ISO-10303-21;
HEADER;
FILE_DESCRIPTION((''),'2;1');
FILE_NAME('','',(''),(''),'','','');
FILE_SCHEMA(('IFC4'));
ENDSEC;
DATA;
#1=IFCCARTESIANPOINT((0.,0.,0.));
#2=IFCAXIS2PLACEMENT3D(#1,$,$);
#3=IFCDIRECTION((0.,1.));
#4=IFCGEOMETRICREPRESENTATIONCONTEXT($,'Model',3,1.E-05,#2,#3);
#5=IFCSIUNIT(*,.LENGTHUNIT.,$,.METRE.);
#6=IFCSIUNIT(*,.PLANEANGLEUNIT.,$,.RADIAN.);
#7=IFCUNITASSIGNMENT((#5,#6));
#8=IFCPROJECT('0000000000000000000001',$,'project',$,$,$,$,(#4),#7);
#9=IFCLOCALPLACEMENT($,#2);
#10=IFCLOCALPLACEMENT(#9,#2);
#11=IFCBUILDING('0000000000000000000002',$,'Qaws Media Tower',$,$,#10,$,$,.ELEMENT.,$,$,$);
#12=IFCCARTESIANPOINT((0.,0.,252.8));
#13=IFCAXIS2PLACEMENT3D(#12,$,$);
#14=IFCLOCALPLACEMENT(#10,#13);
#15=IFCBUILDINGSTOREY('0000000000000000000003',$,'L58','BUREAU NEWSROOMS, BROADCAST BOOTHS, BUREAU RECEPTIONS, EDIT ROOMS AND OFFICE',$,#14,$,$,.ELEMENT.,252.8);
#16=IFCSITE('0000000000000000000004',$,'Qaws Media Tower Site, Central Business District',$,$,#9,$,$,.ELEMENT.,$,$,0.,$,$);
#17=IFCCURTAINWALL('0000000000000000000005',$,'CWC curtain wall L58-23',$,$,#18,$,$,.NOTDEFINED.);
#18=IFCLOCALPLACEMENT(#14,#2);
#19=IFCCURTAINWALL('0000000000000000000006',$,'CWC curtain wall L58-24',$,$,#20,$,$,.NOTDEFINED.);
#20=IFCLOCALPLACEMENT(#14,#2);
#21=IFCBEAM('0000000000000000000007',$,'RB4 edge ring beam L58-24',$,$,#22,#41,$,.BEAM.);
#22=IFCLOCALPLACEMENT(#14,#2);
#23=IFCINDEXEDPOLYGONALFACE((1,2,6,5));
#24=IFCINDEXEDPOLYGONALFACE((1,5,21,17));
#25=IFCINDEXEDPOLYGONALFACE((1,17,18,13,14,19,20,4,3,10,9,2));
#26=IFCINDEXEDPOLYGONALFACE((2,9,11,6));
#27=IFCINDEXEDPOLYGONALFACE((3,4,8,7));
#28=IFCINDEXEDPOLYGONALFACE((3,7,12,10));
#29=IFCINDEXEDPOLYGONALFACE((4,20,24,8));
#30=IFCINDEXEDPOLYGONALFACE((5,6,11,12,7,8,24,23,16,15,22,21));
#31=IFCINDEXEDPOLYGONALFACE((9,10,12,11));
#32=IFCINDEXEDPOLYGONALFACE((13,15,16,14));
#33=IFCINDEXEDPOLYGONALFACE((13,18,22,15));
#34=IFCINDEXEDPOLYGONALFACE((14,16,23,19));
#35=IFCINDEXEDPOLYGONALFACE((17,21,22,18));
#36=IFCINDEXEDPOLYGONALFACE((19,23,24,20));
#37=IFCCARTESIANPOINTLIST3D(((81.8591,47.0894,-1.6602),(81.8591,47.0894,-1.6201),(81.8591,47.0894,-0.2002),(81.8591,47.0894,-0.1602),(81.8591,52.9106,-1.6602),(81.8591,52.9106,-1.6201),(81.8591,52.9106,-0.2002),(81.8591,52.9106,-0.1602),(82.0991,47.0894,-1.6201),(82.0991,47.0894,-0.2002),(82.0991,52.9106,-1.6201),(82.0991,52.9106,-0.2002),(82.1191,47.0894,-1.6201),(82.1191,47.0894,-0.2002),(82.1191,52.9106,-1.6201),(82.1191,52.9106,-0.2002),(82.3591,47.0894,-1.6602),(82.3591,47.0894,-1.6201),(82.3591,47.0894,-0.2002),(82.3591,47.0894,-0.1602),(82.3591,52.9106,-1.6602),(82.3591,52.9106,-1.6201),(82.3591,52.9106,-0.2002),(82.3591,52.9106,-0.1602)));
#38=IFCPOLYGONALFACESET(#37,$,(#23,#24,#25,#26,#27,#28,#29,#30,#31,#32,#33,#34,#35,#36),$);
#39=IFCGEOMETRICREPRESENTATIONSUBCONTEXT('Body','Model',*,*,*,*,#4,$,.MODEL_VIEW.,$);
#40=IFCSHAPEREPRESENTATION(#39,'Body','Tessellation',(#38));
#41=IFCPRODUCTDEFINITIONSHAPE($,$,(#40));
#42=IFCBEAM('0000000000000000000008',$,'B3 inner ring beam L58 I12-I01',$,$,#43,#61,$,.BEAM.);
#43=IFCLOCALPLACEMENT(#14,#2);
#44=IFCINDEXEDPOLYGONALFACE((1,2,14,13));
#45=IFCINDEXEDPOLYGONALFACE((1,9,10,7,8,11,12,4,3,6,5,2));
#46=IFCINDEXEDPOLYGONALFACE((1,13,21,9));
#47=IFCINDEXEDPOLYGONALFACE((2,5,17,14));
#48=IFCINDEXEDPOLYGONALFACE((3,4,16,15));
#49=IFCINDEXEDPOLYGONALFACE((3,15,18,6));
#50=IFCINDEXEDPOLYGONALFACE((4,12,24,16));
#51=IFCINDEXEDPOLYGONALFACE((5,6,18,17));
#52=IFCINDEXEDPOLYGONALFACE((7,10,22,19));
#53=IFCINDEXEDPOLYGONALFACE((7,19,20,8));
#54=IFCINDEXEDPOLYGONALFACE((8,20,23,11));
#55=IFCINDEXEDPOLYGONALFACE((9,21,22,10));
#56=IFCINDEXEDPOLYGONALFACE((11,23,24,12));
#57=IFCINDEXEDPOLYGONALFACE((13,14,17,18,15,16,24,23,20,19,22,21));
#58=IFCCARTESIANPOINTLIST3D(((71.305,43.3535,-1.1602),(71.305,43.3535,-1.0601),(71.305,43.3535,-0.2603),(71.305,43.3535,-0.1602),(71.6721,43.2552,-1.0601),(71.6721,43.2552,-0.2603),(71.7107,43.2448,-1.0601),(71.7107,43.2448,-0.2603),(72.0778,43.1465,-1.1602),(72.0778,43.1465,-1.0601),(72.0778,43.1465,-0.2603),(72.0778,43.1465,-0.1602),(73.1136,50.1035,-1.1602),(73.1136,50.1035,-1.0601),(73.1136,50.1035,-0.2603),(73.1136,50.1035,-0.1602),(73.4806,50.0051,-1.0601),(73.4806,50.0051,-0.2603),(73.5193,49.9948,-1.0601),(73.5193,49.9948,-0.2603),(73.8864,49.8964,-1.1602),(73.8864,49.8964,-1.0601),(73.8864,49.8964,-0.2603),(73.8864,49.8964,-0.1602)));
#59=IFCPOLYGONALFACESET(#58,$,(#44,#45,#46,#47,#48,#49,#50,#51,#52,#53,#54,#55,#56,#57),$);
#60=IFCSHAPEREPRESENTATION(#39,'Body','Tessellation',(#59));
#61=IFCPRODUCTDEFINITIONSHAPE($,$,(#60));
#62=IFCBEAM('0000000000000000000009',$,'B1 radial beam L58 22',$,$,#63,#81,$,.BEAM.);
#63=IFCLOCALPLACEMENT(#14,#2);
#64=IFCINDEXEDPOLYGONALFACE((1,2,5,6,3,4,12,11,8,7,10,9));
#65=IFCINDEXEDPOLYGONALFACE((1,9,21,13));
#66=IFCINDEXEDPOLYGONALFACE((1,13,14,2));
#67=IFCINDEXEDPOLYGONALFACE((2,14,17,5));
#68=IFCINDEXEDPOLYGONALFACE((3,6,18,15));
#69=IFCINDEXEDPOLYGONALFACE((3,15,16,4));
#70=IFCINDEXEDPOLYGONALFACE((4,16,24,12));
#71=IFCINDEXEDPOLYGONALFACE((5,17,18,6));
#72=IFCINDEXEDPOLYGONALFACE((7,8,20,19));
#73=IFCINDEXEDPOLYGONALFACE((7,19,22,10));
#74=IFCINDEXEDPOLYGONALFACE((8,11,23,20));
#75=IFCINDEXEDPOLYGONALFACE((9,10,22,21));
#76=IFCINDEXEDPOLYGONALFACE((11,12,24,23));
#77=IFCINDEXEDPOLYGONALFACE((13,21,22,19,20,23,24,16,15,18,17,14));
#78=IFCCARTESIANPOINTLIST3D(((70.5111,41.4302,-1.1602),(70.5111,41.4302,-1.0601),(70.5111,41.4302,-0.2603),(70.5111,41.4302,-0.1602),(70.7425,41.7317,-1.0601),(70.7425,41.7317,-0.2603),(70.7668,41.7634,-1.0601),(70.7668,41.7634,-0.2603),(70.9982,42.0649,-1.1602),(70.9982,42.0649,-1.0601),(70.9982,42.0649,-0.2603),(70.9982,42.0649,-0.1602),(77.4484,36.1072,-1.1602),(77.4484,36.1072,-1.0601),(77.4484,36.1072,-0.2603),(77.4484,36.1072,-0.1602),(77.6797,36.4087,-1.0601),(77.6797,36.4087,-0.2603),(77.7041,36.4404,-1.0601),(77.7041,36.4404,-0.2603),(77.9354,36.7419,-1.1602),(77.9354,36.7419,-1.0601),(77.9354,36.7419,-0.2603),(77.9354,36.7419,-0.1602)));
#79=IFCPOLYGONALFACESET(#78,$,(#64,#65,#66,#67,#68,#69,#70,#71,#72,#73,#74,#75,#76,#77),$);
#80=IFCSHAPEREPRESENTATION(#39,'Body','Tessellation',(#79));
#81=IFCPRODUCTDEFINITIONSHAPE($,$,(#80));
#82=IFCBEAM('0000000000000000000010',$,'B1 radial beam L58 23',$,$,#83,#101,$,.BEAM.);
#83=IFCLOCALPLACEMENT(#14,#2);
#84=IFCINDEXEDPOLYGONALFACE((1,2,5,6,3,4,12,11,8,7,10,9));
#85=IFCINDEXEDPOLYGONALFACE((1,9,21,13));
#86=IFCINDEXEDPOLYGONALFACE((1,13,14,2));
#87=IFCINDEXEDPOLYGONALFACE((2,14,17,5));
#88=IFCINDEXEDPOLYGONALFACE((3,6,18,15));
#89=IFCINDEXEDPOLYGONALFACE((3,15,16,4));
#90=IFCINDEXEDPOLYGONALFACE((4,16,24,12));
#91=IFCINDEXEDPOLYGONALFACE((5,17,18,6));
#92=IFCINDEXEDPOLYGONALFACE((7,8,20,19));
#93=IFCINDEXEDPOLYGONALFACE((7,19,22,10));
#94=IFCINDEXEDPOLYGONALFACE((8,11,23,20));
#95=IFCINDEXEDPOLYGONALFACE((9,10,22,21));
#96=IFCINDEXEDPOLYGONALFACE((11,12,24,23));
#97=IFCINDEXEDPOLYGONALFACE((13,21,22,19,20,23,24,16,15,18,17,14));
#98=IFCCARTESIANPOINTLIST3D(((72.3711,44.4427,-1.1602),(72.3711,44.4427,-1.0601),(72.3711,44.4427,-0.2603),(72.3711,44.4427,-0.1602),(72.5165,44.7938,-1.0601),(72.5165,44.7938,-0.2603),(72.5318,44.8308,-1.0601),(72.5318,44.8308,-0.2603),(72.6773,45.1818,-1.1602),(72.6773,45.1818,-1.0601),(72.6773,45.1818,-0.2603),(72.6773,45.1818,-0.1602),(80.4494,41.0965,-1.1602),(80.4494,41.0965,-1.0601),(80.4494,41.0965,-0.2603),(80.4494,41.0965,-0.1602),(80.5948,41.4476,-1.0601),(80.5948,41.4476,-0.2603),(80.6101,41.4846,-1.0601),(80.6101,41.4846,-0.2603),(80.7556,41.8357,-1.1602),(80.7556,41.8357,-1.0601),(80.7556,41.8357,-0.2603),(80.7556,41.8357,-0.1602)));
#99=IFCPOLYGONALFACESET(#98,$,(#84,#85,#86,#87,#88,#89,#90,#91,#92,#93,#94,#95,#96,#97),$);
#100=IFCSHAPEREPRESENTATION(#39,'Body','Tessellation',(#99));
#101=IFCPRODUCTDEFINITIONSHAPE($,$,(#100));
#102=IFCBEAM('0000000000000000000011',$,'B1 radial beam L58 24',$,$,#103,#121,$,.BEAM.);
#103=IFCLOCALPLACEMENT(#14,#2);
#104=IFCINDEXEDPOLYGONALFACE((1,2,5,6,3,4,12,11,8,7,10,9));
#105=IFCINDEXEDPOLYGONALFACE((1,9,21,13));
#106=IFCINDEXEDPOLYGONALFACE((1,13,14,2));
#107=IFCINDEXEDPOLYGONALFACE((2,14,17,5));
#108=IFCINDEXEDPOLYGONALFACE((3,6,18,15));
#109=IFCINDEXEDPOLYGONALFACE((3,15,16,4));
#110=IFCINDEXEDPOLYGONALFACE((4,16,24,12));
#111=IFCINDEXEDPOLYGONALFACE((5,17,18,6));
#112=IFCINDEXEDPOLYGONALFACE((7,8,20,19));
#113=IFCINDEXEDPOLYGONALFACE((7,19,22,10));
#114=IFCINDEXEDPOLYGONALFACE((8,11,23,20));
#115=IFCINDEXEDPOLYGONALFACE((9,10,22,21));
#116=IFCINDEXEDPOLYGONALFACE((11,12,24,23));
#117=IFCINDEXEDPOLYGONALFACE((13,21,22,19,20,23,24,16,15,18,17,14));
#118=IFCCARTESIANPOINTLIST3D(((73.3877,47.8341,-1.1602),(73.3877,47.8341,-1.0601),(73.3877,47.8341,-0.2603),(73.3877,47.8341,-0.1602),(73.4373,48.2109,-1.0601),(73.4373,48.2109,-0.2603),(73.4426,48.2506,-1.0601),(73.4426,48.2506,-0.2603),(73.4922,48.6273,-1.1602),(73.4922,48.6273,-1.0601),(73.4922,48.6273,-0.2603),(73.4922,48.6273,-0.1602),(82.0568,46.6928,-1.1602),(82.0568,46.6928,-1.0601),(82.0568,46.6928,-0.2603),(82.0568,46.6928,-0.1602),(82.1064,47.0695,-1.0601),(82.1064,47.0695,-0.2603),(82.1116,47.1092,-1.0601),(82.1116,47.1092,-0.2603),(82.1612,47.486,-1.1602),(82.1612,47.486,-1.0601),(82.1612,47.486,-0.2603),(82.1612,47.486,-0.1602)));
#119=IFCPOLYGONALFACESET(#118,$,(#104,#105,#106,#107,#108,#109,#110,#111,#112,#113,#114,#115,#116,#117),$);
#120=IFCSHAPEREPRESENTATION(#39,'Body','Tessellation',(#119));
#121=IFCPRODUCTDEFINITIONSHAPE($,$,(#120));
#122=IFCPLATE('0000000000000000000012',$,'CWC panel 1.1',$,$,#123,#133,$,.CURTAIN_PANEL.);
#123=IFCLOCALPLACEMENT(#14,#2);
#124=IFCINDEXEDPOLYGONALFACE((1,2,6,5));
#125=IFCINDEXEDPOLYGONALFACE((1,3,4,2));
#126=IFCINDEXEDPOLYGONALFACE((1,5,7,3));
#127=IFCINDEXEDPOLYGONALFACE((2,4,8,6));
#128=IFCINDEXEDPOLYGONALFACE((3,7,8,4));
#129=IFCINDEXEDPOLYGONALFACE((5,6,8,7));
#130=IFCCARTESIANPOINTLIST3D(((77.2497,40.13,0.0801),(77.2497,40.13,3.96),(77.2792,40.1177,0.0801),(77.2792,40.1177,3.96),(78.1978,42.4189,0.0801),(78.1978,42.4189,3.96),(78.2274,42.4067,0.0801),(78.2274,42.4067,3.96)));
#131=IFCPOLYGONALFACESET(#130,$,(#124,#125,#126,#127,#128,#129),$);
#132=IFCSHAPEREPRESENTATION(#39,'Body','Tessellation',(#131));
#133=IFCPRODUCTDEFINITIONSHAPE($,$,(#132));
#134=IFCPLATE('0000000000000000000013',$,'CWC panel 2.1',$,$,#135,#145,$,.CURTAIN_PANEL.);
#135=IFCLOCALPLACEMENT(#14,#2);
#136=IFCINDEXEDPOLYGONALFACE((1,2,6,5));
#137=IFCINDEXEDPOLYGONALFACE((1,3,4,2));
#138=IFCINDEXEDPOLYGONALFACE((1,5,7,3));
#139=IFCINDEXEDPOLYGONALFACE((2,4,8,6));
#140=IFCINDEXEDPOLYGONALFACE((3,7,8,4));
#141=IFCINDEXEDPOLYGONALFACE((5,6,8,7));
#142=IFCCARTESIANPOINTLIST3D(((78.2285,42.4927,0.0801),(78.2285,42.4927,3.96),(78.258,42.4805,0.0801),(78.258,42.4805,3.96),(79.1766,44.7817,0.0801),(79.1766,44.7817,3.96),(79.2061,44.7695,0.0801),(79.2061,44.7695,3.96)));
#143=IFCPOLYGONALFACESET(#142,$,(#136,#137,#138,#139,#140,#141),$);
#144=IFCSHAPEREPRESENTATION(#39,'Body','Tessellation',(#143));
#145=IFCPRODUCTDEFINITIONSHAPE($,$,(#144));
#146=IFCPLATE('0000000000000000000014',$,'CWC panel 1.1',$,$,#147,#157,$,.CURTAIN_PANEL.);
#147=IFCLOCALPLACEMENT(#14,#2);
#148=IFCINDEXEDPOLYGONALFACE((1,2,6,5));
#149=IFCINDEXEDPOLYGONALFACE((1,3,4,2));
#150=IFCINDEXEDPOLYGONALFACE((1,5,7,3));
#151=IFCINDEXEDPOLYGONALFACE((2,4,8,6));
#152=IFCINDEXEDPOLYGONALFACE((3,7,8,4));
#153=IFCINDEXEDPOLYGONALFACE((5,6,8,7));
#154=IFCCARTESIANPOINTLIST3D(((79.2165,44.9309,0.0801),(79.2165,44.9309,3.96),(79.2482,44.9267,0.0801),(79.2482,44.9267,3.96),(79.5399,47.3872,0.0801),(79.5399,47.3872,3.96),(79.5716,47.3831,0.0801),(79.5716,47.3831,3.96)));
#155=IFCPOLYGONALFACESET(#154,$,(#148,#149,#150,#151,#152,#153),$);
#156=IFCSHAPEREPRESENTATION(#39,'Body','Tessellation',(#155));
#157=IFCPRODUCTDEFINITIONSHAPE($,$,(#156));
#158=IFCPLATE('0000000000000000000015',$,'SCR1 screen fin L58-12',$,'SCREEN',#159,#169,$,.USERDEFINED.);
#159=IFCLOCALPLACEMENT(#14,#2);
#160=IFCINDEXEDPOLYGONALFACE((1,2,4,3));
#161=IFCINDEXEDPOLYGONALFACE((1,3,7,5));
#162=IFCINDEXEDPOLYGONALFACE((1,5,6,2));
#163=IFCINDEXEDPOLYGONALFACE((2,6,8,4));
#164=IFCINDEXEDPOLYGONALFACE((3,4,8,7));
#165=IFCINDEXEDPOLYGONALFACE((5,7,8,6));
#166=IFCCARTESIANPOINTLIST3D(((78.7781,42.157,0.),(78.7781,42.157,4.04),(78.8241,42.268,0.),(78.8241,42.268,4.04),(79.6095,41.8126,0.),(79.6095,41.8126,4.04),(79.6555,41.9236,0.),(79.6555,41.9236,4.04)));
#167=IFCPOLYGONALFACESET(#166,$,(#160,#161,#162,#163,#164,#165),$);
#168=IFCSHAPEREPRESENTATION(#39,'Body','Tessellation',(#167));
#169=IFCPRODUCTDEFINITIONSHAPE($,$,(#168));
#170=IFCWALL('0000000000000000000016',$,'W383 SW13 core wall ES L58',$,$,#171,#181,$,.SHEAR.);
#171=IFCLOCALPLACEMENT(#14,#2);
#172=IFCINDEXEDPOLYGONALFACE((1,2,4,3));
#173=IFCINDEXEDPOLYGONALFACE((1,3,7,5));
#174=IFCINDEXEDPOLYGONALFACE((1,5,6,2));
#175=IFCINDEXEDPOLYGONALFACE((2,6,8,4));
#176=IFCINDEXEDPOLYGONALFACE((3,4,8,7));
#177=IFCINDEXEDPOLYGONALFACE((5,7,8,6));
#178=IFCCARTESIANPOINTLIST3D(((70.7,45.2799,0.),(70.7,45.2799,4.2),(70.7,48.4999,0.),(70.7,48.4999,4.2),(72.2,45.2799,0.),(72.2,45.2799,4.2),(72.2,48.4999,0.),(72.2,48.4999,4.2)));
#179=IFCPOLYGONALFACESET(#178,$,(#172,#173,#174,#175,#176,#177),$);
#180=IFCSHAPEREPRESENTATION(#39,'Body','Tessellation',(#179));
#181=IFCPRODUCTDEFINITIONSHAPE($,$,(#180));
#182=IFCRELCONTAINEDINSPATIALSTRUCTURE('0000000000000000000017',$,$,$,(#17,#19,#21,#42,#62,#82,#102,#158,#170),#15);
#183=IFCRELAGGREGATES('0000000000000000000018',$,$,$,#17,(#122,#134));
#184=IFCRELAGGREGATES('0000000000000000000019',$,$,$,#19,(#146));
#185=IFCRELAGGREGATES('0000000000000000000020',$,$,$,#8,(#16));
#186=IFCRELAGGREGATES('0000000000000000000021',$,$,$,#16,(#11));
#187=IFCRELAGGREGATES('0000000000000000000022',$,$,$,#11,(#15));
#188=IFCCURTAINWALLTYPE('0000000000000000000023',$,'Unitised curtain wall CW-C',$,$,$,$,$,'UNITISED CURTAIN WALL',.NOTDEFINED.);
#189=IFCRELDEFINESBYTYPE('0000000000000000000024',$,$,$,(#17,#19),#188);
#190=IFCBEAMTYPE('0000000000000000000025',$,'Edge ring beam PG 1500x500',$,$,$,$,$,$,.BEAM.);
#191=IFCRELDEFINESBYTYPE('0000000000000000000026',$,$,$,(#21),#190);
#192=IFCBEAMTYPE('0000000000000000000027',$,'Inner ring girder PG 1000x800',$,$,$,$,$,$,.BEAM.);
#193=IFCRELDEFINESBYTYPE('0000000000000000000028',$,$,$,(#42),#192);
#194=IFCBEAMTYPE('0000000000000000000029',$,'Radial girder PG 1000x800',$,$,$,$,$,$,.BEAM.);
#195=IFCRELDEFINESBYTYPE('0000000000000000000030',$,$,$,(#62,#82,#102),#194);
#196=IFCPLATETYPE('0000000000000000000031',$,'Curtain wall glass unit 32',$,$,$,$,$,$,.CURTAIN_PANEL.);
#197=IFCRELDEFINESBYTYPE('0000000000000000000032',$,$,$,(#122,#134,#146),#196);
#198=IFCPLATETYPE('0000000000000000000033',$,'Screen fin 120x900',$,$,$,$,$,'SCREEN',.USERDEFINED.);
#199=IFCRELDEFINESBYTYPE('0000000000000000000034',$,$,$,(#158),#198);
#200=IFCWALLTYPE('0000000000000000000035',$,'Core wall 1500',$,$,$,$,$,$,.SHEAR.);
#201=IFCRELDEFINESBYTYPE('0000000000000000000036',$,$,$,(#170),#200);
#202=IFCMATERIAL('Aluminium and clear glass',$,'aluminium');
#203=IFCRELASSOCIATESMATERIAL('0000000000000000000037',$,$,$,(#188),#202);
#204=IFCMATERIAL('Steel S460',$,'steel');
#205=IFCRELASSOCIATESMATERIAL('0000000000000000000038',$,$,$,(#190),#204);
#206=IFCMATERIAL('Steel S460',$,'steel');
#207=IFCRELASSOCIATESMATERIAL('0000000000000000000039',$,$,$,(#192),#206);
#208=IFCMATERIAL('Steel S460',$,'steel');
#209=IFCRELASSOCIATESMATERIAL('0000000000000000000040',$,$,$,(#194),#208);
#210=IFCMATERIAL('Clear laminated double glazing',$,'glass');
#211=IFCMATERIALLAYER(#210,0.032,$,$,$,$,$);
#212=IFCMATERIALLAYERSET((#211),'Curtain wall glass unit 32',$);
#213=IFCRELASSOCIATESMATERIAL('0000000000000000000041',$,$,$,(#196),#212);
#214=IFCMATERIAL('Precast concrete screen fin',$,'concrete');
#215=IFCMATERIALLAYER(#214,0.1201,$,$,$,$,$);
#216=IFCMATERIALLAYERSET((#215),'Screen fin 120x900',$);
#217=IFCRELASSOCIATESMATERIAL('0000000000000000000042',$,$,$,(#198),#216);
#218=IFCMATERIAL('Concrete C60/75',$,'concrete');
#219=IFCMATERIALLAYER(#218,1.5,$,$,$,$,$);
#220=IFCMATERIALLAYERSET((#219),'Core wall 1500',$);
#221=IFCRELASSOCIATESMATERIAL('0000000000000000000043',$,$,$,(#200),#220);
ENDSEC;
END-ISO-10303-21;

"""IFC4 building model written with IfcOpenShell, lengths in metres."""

from ifc_helpers import new_model, si_unit, direction, frame, frame_2d, origin, origin_2d, place, context, subcontext, project, spatial, rectangle, i_section, extrude, material, layer, layer_set, material_profile, profile_set, type_object, element, aggregate, save


model = new_model("IFC4")

# Units and contexts
model_context = context("Model", 3, precision=1e-05, world=origin(), true_north=direction((0.0, 1.0)))
body_context = subcontext(model_context, "Body", "Model", "MODEL_VIEW")
ifc_project = project(units=[si_unit("LENGTHUNIT", "METRE"), si_unit("PLANEANGLEUNIT", "RADIAN")], contexts=[model_context])

# Site, building, storey
site_placement = place(None, origin())
site = spatial("IfcSite", under=ifc_project, at=site_placement, Name="Qaws Media Tower Site, Central Business District", CompositionType="ELEMENT", RefElevation=0.0)
building_placement = place(site_placement, origin())
building = spatial("IfcBuilding", under=site, at=building_placement, Name="Qaws Media Tower", CompositionType="ELEMENT")
storey_placement = place(building_placement, frame((0.0, 0.0, 252.8)))
storey = spatial("IfcBuildingStorey", under=building, at=storey_placement, Name="L58", Description="BUREAU NEWSROOMS, BROADCAST BOOTHS, BUREAU RECEPTIONS, EDIT ROOMS AND OFFICE", CompositionType="ELEMENT", Elevation=252.8)

# Curtain walls
ifc_material_1 = material(Name="Aluminium and clear glass", Category="aluminium")
curtain_wall_type = type_object("IfcCurtainWallType", Name="Unitised curtain wall CW-C", ElementType="UNITISED CURTAIN WALL", PredefinedType="NOTDEFINED", material=ifc_material_1)
curtain_wall_1_placement = place(storey_placement, origin())
curtain_wall_1 = element("IfcCurtainWall", 1, at=curtain_wall_1_placement, inside=storey, type_object=curtain_wall_type, Name="CWC curtain wall L58-23", PredefinedType="NOTDEFINED")
curtain_wall_2_placement = place(storey_placement, origin())
curtain_wall_2 = element("IfcCurtainWall", 2, at=curtain_wall_2_placement, inside=storey, type_object=curtain_wall_type, Name="CWC curtain wall L58-24", PredefinedType="NOTDEFINED")

# Beams
ifc_material_2 = material(Name="Steel S460", Category="steel")
ifc_material_profile_1 = material_profile(ifc_material_2, i_section(OverallWidth=0.5, OverallDepth=1.5, WebThickness=0.02, FlangeThickness=0.04, at=origin_2d()), Name="PG 1500x500")
ifc_profile_set_1 = profile_set([ifc_material_profile_1], Name="Steel S460")
beam_type_1 = type_object("IfcBeamType", Name="Edge ring beam PG 1500x500", PredefinedType="BEAM", material=ifc_profile_set_1)
beam_1_placement = place(storey_placement, frame((82.1091, 47.0894, -0.9102), z_axis=(0.0, 1.0, 0.0), x_axis=(-1.0, 0.0, 0.0)))
element("IfcBeam", 3, at=beam_1_placement, inside=storey, type_object=beam_type_1, Name="RB4 edge ring beam L58-24", PredefinedType="BEAM", context=body_context, shape_type="SweptSolid", body=[
    extrude(i_section(OverallWidth=0.5, OverallDepth=1.5, WebThickness=0.02, FlangeThickness=0.04, at=origin_2d()), origin(), (0.0, 0.0, 1.0), 5.8213),
])
ifc_material_3 = material(Name="Steel S460", Category="steel")
ifc_material_profile_2 = material_profile(ifc_material_3, i_section(OverallWidth=0.8, OverallDepth=1.0, WebThickness=0.04, FlangeThickness=0.1001, at=origin_2d()), Name="PG 1000x800")
ifc_profile_set_2 = profile_set([ifc_material_profile_2], Name="Steel S460")
beam_type_2 = type_object("IfcBeamType", Name="Inner ring girder PG 1000x800", PredefinedType="BEAM", material=ifc_profile_set_2)
beam_2_placement = place(storey_placement, frame((71.6914, 43.25, -0.6602), z_axis=(0.258811, 0.965928, 0.0), x_axis=(-0.965928, 0.258811, 0.0)))
element("IfcBeam", 4, at=beam_2_placement, inside=storey, type_object=beam_type_2, Name="B3 inner ring beam L58 I12-I01", PredefinedType="BEAM", context=body_context, shape_type="SweptSolid", body=[
    extrude(i_section(OverallWidth=0.8, OverallDepth=1.0, WebThickness=0.04, FlangeThickness=0.1001, at=origin_2d()), origin(), (0.0, 0.0, 1.0), 6.988),
])
ifc_material_4 = material(Name="Steel S460", Category="steel")
ifc_material_profile_3 = material_profile(ifc_material_4, i_section(OverallWidth=0.8, OverallDepth=1.0, WebThickness=0.04, FlangeThickness=0.1001, at=origin_2d()), Name="PG 1000x800")
ifc_profile_set_3 = profile_set([ifc_material_profile_3], Name="Steel S460")
beam_type_3 = type_object("IfcBeamType", Name="Radial girder PG 1000x800", PredefinedType="BEAM", material=ifc_profile_set_3)
beam_3_placement = place(storey_placement, frame((70.7546, 41.7476, -0.6602), z_axis=(0.793361, -0.608751, 0.0), x_axis=(0.608751, 0.793361, 0.0)))
element("IfcBeam", 5, at=beam_3_placement, inside=storey, type_object=beam_type_3, Name="B1 radial beam L58 22", PredefinedType="BEAM", context=body_context, shape_type="SweptSolid", body=[
    extrude(i_section(OverallWidth=0.8, OverallDepth=1.0, WebThickness=0.04, FlangeThickness=0.1001, at=origin_2d()), origin(), (0.0, 0.0, 1.0), 8.7441),
])
for number, where, z_axis, x_axis, name in (
    (6, (72.5242, 44.8123, -0.6602), (0.923879, -0.382686, 0.0), (0.382686, 0.923879, 0.0), "B1 radial beam L58 23"),
    (7, (73.4399, 48.2307, -0.6602), (0.991444, -0.13053, 0.0), (0.13053, 0.991444, 0.0), "B1 radial beam L58 24"),
):
    element("IfcBeam", number, at=place(storey_placement, frame(where, z_axis=z_axis, x_axis=x_axis)), inside=storey, type_object=beam_type_3, Name=name, PredefinedType="BEAM", context=body_context, shape_type="SweptSolid", body=[
        extrude(i_section(OverallWidth=0.8, OverallDepth=1.0, WebThickness=0.04, FlangeThickness=0.1001, at=origin_2d()), origin(), (0.0, 0.0, 1.0), 8.7439),
    ])

# Plates
ifc_material_5 = material(Name="Clear laminated double glazing", Category="glass")
ifc_layer_1 = layer(ifc_material_5, 0.032)
ifc_layer_set_1 = layer_set([ifc_layer_1], Name="Curtain wall glass unit 32")
plate_type_1 = type_object("IfcPlateType", Name="Curtain wall glass unit 32", PredefinedType="CURTAIN_PANEL", material=ifc_layer_set_1)
plate_1_placement = place(storey_placement, frame((77.7385, 41.2683, 0.0801), z_axis=(0.0, 0.0, 1.0), x_axis=(0.382683, 0.92388, 0.0)))
plate_1 = element("IfcPlate", 8, at=plate_1_placement, type_object=plate_type_1, Name="CWC panel 1.1", PredefinedType="CURTAIN_PANEL", context=body_context, shape_type="SweptSolid", body=[
    extrude(rectangle(XDim=2.4775, YDim=0.032, at=origin_2d()), origin(), (0.0, 0.0, 1.0), 3.8799),
])
plate_2_placement = place(storey_placement, frame((78.7173, 43.6311, 0.0801), z_axis=(0.0, 0.0, 1.0), x_axis=(0.382683, 0.92388, 0.0)))
plate_2 = element("IfcPlate", 9, at=plate_2_placement, type_object=plate_type_1, Name="CWC panel 2.1", PredefinedType="CURTAIN_PANEL", context=body_context, shape_type="SweptSolid", body=[
    extrude(rectangle(XDim=2.4775, YDim=0.032, at=origin_2d()), origin(), (0.0, 0.0, 1.0), 3.8799),
])
aggregate(curtain_wall_1, [plate_1, plate_2])
plate_3_placement = place(storey_placement, frame((79.394, 46.157, 0.0801), z_axis=(0.0, 0.0, 1.0), x_axis=(0.130526, 0.991445, 0.0)))
plate_3 = element("IfcPlate", 10, at=plate_3_placement, type_object=plate_type_1, Name="CWC panel 1.1", PredefinedType="CURTAIN_PANEL", context=body_context, shape_type="SweptSolid", body=[
    extrude(rectangle(XDim=2.4775, YDim=0.032, at=origin_2d()), origin(), (0.0, 0.0, 1.0), 3.8799),
])
aggregate(curtain_wall_2, [plate_3])
ifc_material_6 = material(Name="Precast concrete screen fin", Category="concrete")
ifc_layer_2 = layer(ifc_material_6, 0.1201)
ifc_layer_set_2 = layer_set([ifc_layer_2], Name="Screen fin 120x900")
plate_type_2 = type_object("IfcPlateType", Name="Screen fin 120x900", ElementType="SCREEN", PredefinedType="USERDEFINED", material=ifc_layer_set_2)
plate_4_placement = place(storey_placement, frame((79.2168, 42.0403, 0.0), z_axis=(0.0, 0.0, 1.0), x_axis=(0.92388, -0.382683, 0.0)))
element("IfcPlate", 11, at=plate_4_placement, inside=storey, type_object=plate_type_2, Name="SCR1 screen fin L58-12", ObjectType="SCREEN", PredefinedType="USERDEFINED", context=body_context, shape_type="SweptSolid", body=[
    extrude(rectangle(XDim=0.8999, YDim=0.1201, at=origin_2d()), origin(), (0.0, 0.0, 1.0), 4.04),
])

# Wall
ifc_material_7 = material(Name="Concrete C60/75", Category="concrete")
ifc_layer_3 = layer(ifc_material_7, 1.5)
ifc_layer_set_3 = layer_set([ifc_layer_3], Name="Core wall 1500")
wall_type_1 = type_object("IfcWallType", Name="Core wall 1500", PredefinedType="SHEAR", material=ifc_layer_set_3)
wall_1_placement = place(storey_placement, frame((71.45, 45.28, 0.0), z_axis=(0.0, 0.0, 1.0), x_axis=(0.0, 1.0, 0.0)))
element("IfcWall", 12, at=wall_1_placement, inside=storey, type_object=wall_type_1, Name="W383 SW13 core wall ES L58", PredefinedType="SHEAR", context=body_context, shape_type="SweptSolid", body=[
    extrude(rectangle(XDim=3.22, YDim=1.5, at=frame_2d((1.6099, 0.0))), origin(), (0.0, 0.0, 1.0), 4.2),
])

save(model, "model.ifc")
